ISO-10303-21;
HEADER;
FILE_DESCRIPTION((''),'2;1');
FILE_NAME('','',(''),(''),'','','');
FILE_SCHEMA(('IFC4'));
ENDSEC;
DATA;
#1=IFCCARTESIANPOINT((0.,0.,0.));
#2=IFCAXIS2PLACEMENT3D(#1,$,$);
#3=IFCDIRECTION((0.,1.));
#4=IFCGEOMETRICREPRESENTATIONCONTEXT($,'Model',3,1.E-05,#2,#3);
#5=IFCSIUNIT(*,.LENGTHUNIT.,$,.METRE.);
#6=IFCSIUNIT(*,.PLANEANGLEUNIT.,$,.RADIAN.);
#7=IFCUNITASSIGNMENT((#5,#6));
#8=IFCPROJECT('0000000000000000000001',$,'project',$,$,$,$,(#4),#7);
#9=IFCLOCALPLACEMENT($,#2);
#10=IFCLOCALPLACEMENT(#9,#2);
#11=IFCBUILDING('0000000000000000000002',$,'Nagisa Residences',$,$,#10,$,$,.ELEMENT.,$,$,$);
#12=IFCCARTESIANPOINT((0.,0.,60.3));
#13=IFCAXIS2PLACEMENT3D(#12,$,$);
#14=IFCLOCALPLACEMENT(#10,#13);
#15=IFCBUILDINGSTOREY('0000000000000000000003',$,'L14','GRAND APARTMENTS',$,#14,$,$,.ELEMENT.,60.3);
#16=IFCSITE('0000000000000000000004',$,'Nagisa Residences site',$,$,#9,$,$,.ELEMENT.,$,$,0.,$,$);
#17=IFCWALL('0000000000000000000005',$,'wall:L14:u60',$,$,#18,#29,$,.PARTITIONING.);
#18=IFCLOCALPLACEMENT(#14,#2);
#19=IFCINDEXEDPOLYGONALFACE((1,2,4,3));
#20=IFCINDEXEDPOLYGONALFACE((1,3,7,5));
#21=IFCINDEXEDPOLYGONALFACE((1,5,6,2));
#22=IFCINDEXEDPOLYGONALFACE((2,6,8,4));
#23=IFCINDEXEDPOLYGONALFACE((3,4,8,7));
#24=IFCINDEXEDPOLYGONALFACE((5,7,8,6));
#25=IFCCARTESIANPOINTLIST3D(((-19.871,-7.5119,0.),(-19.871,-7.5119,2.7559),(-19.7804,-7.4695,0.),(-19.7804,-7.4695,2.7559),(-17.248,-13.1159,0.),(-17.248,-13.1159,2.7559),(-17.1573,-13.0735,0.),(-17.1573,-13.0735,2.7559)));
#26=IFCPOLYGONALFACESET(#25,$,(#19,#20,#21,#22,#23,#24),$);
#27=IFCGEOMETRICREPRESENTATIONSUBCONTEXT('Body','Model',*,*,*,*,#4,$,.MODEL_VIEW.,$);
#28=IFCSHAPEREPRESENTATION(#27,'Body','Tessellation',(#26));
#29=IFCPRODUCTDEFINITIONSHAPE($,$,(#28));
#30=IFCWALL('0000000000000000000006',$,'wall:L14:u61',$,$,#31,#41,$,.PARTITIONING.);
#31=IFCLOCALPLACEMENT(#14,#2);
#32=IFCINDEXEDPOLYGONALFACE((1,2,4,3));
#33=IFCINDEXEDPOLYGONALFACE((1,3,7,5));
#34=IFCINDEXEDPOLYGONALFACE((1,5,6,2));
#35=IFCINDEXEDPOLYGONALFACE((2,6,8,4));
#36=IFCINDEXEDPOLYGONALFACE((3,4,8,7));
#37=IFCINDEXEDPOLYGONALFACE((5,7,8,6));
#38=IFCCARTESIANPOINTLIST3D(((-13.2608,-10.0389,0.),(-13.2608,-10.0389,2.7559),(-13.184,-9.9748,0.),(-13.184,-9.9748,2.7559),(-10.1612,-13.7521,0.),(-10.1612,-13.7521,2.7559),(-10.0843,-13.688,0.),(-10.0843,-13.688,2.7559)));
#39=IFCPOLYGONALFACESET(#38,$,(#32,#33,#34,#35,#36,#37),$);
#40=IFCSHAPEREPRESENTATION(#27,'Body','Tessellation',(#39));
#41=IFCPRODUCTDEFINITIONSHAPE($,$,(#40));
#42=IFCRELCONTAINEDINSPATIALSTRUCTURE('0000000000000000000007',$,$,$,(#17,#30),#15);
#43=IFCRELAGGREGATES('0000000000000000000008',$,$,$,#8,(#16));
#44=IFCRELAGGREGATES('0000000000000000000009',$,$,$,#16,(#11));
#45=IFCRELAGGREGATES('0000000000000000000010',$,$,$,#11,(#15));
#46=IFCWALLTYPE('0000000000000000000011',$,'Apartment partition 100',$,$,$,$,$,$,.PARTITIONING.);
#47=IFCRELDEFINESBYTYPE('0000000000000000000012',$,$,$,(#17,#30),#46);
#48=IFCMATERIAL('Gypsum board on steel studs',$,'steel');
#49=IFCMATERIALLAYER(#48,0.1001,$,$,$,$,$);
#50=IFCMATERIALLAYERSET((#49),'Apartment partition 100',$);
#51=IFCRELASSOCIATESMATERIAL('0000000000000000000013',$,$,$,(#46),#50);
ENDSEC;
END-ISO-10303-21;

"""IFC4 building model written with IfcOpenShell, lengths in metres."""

from ifc_helpers import new_model, si_unit, direction, frame, frame_2d, origin, place, context, subcontext, project, spatial, rectangle, extrude, material, layer, layer_set, type_object, element, save


model = new_model("IFC4")

# Units and contexts
model_context = context("Model", 3, precision=1e-05, world=origin(), true_north=direction((0.0, 1.0)))
body_context = subcontext(model_context, "Body", "Model", "MODEL_VIEW")
ifc_project = project(units=[si_unit("LENGTHUNIT", "METRE"), si_unit("PLANEANGLEUNIT", "RADIAN")], contexts=[model_context])

# Site, building, storey
site_placement = place(None, origin())
site = spatial("IfcSite", under=ifc_project, at=site_placement, Name="Nagisa Residences site", CompositionType="ELEMENT", RefElevation=0.0)
building_placement = place(site_placement, origin())
building = spatial("IfcBuilding", under=site, at=building_placement, Name="Nagisa Residences", CompositionType="ELEMENT")
storey_placement = place(building_placement, frame((0.0, 0.0, 60.3)))
storey = spatial("IfcBuildingStorey", under=building, at=storey_placement, Name="L14", Description="GRAND APARTMENTS", CompositionType="ELEMENT", Elevation=60.3)

# Shared definitions
ifc_material_1 = material(Name="Gypsum board on steel studs", Category="steel")
ifc_layer_1 = layer(ifc_material_1, 0.1001)
ifc_layer_set_1 = layer_set([ifc_layer_1], Name="Apartment partition 100")
wall_type_1 = type_object("IfcWallType", Name="Apartment partition 100", PredefinedType="PARTITIONING", material=ifc_layer_set_1)

# Walls
wall_1_placement = place(storey_placement, frame((-19.8257, -7.4907, 0.0), z_axis=(0.0, 0.0, 1.0), x_axis=(0.423926, -0.905697, 0.0)))
element("IfcWall", 1, at=wall_1_placement, inside=storey, type_object=wall_type_1, Name="wall:L14:u60", PredefinedType="PARTITIONING", context=body_context, shape_type="SweptSolid", body=[
    extrude(rectangle(XDim=6.1875, YDim=0.1001, at=frame_2d((3.0938, 0.0))), origin(), (0.0, 0.0, 1.0), 2.7559),
])
wall_2_placement = place(storey_placement, frame((-13.2224, -10.0068, 0.0), z_axis=(0.0, 0.0, 1.0), x_axis=(0.640835, -0.767679, 0.0)))
element("IfcWall", 2, at=wall_2_placement, inside=storey, type_object=wall_type_1, Name="wall:L14:u61", PredefinedType="PARTITIONING", context=body_context, shape_type="SweptSolid", body=[
    extrude(rectangle(XDim=4.8369, YDim=0.1001, at=frame_2d((2.4185, 0.0))), origin(), (0.0, 0.0, 1.0), 2.7559),
])

save(model, "model.ifc")
